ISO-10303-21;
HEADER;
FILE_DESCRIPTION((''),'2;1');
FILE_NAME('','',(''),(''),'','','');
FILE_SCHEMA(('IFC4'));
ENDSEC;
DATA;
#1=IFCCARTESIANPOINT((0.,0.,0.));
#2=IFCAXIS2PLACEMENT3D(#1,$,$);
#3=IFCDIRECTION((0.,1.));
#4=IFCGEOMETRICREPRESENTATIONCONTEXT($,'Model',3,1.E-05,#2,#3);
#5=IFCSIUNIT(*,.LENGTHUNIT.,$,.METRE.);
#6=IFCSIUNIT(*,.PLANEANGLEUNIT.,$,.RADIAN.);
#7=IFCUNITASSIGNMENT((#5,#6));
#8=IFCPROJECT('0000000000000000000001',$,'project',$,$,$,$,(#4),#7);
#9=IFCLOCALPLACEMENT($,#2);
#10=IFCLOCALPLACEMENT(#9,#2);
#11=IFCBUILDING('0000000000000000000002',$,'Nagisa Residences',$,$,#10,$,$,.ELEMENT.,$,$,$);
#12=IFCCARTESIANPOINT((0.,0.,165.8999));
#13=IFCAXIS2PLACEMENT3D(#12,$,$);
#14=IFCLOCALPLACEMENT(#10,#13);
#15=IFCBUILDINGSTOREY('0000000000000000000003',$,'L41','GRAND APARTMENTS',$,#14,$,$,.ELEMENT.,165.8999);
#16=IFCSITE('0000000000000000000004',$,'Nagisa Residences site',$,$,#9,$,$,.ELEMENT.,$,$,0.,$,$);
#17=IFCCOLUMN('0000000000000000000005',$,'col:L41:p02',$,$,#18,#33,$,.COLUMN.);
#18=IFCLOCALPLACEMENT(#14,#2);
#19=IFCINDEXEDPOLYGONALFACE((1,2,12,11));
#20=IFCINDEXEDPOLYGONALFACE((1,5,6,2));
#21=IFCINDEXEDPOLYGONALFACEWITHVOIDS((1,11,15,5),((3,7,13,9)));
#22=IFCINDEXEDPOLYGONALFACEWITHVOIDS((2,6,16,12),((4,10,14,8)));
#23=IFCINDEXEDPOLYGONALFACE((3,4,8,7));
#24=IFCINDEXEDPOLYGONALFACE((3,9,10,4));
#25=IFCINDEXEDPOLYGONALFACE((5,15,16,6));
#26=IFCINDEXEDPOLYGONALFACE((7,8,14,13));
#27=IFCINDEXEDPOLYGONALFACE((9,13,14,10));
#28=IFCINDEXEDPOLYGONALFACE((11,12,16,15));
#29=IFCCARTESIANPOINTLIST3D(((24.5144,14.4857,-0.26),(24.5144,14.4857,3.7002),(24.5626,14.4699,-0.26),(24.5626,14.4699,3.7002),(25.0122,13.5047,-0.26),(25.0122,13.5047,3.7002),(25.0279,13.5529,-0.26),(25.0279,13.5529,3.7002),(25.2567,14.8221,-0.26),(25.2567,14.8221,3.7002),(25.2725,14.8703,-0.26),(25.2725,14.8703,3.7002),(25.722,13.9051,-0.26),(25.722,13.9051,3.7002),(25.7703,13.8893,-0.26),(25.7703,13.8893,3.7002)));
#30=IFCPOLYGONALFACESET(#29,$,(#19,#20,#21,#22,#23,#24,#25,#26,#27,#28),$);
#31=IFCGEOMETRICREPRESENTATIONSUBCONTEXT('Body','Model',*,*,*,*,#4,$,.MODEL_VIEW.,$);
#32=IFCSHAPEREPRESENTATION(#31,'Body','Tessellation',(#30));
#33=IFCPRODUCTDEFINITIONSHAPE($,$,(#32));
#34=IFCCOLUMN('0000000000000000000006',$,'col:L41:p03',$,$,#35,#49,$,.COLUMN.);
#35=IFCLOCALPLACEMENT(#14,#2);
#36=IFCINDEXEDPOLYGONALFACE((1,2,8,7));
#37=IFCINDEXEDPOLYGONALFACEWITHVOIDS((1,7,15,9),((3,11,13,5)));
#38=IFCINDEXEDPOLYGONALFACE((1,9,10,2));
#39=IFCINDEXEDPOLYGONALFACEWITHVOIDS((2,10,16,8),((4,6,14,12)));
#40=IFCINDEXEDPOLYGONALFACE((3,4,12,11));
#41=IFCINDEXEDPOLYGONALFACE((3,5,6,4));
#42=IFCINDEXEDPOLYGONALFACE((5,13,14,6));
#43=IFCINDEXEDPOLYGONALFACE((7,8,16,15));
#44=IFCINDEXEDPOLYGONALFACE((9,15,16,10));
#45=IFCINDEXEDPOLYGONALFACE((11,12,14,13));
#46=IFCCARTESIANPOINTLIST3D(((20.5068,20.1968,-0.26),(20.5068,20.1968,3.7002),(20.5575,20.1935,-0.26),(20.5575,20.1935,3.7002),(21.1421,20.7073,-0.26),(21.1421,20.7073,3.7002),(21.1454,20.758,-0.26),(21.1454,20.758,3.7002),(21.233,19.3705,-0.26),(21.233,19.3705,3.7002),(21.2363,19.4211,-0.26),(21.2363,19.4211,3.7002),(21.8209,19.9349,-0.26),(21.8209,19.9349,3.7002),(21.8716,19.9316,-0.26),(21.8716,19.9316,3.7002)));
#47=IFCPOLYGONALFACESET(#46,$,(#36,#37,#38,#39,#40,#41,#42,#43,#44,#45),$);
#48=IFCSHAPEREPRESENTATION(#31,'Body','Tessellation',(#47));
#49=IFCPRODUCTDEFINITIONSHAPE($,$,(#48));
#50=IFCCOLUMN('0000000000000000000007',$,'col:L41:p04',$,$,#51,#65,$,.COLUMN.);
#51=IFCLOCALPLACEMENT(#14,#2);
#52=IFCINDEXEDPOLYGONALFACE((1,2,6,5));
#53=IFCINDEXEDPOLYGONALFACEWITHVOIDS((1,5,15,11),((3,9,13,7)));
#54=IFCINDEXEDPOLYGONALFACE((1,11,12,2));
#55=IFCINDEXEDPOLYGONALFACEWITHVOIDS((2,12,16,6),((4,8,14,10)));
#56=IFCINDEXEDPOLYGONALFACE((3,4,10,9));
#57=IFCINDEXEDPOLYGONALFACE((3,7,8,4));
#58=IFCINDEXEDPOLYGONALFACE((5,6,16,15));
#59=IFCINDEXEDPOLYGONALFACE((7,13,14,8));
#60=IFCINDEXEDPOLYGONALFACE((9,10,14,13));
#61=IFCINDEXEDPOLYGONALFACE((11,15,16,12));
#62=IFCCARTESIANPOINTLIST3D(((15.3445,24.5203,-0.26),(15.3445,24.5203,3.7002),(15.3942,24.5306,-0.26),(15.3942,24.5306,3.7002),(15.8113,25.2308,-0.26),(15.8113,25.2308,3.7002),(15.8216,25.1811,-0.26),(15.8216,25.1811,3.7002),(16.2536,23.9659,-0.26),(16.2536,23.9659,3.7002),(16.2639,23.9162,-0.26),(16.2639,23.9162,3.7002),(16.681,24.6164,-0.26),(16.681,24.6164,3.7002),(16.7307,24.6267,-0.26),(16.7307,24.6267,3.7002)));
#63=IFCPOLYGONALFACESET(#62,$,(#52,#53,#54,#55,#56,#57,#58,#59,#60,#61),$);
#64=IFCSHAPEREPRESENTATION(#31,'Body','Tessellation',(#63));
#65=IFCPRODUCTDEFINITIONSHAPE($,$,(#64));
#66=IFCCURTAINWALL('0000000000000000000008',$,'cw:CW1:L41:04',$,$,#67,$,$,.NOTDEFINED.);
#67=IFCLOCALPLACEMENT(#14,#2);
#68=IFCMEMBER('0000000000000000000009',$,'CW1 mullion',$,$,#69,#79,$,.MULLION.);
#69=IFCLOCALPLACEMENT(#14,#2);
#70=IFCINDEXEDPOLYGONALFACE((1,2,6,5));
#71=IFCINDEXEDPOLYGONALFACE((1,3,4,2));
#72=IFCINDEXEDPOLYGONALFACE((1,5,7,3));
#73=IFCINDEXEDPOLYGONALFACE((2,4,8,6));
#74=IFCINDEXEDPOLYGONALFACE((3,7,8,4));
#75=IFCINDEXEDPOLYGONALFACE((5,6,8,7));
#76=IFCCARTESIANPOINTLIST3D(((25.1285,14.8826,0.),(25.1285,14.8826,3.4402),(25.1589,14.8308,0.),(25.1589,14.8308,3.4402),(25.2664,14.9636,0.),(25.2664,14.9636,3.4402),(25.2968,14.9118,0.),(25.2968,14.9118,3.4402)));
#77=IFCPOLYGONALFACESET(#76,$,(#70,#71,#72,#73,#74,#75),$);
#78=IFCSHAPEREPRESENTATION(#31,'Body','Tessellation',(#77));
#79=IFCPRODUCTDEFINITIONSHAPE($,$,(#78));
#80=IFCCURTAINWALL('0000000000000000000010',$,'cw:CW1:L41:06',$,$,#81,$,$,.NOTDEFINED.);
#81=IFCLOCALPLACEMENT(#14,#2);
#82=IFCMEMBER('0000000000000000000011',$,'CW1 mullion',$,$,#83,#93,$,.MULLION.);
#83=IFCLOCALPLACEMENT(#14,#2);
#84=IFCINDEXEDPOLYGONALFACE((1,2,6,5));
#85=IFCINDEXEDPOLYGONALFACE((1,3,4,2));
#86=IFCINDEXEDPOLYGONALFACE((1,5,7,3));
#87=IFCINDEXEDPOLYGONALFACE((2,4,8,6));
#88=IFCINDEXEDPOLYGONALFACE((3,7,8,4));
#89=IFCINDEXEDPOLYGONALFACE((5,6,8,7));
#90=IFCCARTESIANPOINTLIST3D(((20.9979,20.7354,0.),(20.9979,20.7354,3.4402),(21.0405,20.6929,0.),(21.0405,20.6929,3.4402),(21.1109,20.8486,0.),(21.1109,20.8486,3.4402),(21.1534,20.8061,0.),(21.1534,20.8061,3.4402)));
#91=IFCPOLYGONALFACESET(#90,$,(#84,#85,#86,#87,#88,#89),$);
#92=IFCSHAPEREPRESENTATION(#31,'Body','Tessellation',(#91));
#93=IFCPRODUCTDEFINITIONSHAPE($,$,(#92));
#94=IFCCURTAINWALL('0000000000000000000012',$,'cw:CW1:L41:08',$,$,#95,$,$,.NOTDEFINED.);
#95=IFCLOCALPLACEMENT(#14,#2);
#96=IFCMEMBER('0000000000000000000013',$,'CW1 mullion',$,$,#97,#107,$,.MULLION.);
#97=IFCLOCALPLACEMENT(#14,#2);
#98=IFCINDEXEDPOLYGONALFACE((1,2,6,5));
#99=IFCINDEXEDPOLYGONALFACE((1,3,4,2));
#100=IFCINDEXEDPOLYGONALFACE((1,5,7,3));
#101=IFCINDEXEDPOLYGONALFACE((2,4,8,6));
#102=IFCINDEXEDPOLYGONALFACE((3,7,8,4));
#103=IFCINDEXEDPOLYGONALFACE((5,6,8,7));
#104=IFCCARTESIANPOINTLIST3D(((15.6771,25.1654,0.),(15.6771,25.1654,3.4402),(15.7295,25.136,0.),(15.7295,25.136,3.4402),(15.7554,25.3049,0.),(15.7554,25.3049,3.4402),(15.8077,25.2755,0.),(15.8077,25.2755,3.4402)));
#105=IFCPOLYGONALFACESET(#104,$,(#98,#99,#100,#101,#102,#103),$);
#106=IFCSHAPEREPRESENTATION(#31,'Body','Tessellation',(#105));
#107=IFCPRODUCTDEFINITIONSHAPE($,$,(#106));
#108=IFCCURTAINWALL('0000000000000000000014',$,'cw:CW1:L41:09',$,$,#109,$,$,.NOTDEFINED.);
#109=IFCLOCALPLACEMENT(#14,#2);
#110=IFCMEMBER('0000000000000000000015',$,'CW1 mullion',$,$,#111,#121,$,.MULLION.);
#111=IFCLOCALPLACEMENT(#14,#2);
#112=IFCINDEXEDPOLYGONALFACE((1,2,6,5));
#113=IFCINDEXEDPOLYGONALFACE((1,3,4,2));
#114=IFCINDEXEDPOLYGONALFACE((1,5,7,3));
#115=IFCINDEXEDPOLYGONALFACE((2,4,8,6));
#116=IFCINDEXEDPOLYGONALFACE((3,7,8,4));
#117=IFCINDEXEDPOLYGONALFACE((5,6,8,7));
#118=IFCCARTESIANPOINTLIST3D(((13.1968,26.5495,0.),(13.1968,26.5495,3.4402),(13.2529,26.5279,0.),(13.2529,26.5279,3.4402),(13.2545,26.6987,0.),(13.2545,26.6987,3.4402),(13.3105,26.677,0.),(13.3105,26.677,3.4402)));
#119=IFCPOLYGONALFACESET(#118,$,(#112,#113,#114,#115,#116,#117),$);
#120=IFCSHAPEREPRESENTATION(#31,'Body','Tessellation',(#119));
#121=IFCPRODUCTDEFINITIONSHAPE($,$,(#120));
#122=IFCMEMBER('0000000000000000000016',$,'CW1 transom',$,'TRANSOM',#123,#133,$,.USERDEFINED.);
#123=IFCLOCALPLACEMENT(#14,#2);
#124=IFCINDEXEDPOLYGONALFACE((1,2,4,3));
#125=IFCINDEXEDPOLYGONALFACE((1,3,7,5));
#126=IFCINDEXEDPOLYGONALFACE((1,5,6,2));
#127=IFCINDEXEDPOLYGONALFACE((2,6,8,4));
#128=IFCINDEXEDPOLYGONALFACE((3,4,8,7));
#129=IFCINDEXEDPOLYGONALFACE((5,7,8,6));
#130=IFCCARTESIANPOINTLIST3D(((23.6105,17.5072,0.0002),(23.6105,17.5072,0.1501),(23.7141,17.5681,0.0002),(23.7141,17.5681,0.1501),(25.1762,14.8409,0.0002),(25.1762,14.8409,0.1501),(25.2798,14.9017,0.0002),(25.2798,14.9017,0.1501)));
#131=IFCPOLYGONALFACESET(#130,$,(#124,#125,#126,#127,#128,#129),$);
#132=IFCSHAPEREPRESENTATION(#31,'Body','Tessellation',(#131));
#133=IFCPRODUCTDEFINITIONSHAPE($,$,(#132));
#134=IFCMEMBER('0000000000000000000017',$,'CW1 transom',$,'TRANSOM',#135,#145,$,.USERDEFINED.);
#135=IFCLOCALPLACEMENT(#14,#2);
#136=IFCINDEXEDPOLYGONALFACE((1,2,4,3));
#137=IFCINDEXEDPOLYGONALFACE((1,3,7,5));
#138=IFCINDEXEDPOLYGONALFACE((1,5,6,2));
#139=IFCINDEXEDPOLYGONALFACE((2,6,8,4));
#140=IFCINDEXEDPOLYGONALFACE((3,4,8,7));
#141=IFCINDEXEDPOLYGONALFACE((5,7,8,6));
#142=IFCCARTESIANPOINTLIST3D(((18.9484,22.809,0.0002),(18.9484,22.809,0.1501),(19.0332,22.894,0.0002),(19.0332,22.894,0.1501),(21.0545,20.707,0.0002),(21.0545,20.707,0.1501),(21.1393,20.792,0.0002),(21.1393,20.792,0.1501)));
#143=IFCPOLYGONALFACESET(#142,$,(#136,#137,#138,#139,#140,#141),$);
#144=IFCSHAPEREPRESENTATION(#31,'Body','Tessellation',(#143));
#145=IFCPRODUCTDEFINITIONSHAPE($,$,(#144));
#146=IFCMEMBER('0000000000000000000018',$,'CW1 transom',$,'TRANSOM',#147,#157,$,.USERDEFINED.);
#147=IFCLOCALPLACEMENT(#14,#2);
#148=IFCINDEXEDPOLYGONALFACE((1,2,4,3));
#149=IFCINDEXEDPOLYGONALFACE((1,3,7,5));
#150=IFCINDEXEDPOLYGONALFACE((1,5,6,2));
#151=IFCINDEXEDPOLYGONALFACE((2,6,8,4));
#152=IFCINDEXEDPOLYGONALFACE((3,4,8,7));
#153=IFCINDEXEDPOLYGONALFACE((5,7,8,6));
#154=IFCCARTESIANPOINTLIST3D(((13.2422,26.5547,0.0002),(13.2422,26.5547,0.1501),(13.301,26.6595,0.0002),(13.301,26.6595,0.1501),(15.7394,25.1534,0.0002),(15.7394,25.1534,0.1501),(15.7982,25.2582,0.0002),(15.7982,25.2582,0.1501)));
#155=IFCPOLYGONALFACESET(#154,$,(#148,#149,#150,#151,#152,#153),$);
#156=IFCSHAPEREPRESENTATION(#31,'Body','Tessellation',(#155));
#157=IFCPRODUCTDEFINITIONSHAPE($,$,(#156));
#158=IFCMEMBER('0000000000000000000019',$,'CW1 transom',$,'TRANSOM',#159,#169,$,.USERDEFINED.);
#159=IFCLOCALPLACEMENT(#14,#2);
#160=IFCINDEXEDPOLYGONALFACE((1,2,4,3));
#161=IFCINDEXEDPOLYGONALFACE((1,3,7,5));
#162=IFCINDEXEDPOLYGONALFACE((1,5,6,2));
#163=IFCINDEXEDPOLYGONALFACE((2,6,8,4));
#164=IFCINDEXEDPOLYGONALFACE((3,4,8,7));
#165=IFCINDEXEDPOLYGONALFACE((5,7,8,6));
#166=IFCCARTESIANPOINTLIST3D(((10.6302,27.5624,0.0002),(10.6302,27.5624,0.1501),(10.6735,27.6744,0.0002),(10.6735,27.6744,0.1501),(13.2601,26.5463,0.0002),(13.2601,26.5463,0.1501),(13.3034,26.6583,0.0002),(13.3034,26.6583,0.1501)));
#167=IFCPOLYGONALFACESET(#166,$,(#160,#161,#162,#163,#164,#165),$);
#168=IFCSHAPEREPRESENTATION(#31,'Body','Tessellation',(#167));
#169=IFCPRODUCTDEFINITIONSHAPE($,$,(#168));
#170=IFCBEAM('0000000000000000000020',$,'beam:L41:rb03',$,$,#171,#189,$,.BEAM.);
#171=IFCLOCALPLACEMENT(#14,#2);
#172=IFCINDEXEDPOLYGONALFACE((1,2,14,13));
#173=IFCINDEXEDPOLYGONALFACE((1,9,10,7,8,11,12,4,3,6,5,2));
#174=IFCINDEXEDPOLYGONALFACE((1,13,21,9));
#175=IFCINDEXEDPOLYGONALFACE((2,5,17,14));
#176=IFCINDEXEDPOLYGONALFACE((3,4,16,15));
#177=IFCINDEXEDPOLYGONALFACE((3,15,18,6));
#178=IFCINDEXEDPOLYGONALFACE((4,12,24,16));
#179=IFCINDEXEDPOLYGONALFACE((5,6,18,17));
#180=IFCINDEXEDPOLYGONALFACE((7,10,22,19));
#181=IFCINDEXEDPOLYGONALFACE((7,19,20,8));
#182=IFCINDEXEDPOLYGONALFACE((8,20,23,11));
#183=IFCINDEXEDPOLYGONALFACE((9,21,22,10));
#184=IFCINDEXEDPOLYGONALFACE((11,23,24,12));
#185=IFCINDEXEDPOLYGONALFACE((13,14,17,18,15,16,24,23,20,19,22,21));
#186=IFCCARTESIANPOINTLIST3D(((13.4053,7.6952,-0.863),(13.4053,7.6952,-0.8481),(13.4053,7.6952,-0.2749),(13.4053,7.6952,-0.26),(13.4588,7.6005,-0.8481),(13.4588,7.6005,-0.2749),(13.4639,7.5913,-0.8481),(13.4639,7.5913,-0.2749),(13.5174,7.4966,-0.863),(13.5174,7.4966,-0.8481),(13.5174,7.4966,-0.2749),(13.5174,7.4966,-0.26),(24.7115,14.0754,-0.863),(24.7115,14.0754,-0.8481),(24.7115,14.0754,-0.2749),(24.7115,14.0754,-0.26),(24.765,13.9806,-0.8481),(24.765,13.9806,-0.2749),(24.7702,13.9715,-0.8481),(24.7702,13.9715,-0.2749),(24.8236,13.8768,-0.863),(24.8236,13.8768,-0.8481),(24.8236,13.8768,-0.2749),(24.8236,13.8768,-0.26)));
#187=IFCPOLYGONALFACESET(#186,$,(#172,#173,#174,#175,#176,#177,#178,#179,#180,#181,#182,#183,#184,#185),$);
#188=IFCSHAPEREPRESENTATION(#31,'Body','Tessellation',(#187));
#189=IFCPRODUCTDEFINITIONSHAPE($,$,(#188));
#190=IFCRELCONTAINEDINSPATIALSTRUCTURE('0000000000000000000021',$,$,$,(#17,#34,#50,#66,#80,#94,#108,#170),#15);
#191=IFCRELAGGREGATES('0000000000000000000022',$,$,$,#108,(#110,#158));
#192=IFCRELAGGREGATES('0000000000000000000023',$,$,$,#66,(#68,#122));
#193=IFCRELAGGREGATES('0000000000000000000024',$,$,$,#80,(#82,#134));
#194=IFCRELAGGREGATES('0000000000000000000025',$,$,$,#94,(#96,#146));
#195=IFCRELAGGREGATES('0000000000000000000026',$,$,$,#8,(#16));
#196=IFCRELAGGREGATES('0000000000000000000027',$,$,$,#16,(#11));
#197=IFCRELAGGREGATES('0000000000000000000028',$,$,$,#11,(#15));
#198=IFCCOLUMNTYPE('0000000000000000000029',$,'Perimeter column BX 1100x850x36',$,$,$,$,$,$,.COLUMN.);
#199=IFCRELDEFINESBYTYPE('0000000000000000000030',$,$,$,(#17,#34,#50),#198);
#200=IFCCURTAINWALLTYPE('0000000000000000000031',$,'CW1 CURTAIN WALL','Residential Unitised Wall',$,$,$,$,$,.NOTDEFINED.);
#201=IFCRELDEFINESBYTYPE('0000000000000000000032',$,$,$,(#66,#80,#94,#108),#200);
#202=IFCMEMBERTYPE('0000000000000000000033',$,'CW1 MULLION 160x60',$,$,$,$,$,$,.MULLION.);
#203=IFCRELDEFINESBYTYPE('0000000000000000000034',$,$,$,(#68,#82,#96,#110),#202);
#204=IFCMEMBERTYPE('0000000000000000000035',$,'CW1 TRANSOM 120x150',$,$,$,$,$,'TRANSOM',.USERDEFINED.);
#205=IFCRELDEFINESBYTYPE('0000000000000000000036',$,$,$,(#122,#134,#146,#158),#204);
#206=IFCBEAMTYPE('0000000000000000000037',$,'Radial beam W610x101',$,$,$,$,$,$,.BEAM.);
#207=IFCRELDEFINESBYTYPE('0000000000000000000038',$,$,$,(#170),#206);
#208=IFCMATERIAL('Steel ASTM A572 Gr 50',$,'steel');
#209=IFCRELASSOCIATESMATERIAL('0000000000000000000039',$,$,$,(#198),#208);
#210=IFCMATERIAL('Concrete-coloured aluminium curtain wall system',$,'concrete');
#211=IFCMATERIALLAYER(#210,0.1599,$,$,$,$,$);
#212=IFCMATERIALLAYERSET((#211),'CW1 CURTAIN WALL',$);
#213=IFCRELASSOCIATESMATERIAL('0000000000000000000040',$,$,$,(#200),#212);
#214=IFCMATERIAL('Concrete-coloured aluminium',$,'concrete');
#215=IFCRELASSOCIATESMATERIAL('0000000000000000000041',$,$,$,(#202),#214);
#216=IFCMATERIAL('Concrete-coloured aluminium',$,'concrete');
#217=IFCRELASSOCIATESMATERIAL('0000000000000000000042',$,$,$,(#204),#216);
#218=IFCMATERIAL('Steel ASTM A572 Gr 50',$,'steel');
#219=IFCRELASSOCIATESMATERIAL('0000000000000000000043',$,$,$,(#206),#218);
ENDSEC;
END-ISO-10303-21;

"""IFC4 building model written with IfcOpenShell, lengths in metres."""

from ifc_helpers import new_model, si_unit, direction, frame, origin, origin_2d, place, context, subcontext, project, spatial, rectangle, hollow_rectangle, i_section, extrude, material, layer, layer_set, material_profile, profile_set, type_object, element, aggregate, save


model = new_model("IFC4")

# Units and contexts
model_context = context("Model", 3, precision=1e-05, world=origin(), true_north=direction((0.0, 1.0)))
body_context = subcontext(model_context, "Body", "Model", "MODEL_VIEW")
ifc_project = project(units=[si_unit("LENGTHUNIT", "METRE"), si_unit("PLANEANGLEUNIT", "RADIAN")], contexts=[model_context])

# Site, building, storey
site_placement = place(None, origin())
site = spatial("IfcSite", under=ifc_project, at=site_placement, Name="Nagisa Residences site", CompositionType="ELEMENT", RefElevation=0.0)
building_placement = place(site_placement, origin())
building = spatial("IfcBuilding", under=site, at=building_placement, Name="Nagisa Residences", CompositionType="ELEMENT")
storey_placement = place(building_placement, frame((0.0, 0.0, 165.8999)))
storey = spatial("IfcBuildingStorey", under=building, at=storey_placement, Name="L41", Description="GRAND APARTMENTS", CompositionType="ELEMENT", Elevation=165.8999)

# Columns
ifc_material_1 = material(Name="Steel ASTM A572 Gr 50", Category="steel")
ifc_material_profile_1 = material_profile(ifc_material_1, hollow_rectangle(XDim=1.1001, YDim=0.8501, WallThickness=0.0359, at=origin_2d()), Name="BX 1100x850x36")
ifc_profile_set_1 = profile_set([ifc_material_profile_1], Name="Steel ASTM A572 Gr 50")
column_type = type_object("IfcColumnType", Name="Perimeter column BX 1100x850x36", PredefinedType="COLUMN", material=ifc_profile_set_1)
for number, where, z_axis, x_axis, name in (
    (1, (25.1423, 14.1875, -0.26), (0.0, 0.0, 1.0), (-0.452463, 0.891783, 0.0), "col:L41:p02"),
    (2, (21.1892, 20.0642, -0.26), (0.0, 0.0, 1.0), (-0.660115, 0.751165, 0.0), "col:L41:p03"),
    (3, (16.0376, 24.5735, -0.26), (0.0, 0.0, 1.0), (-0.835766, 0.549086, 0.0), "col:L41:p04"),
):
    element("IfcColumn", number, at=place(storey_placement, frame(where, z_axis=z_axis, x_axis=x_axis)), inside=storey, type_object=column_type, Name=name, PredefinedType="COLUMN", context=body_context, shape_type="SweptSolid", body=[
        extrude(hollow_rectangle(XDim=1.1001, YDim=0.8501, WallThickness=0.0359, at=origin_2d()), origin(), (0.0, 0.0, 1.0), 3.9602),
    ])

# Curtain walls, members
ifc_material_2 = material(Name="Concrete-coloured aluminium curtain wall system", Category="concrete")
ifc_layer_1 = layer(ifc_material_2, 0.1599)
ifc_layer_set_1 = layer_set([ifc_layer_1], Name="CW1 CURTAIN WALL")
curtain_wall_type = type_object("IfcCurtainWallType", Name="CW1 CURTAIN WALL", Description="Residential Unitised Wall", PredefinedType="NOTDEFINED", material=ifc_layer_set_1)
curtain_wall_1_placement = place(storey_placement, origin())
curtain_wall_1 = element("IfcCurtainWall", 4, at=curtain_wall_1_placement, inside=storey, type_object=curtain_wall_type, Name="cw:CW1:L41:04", PredefinedType="NOTDEFINED")
ifc_material_3 = material(Name="Concrete-coloured aluminium", Category="concrete")
ifc_material_profile_2 = material_profile(ifc_material_3, rectangle(XDim=0.1599, YDim=0.0601, at=origin_2d()), Name="CW1 MULLION 160x60")
ifc_profile_set_2 = profile_set([ifc_material_profile_2], Name="Concrete-coloured aluminium")
member_type_1 = type_object("IfcMemberType", Name="CW1 MULLION 160x60", PredefinedType="MULLION", material=ifc_profile_set_2)
member_1_placement = place(storey_placement, frame((25.2126, 14.8972, 0.0), z_axis=(0.0, 0.0, 1.0), x_axis=(-0.862329, -0.506349, 0.0)))
member_1 = element("IfcMember", 5, at=member_1_placement, type_object=member_type_1, Name="CW1 mullion", PredefinedType="MULLION", context=body_context, shape_type="SweptSolid", body=[
    extrude(rectangle(XDim=0.1599, YDim=0.0601, at=origin_2d()), origin(), (0.0, 0.0, 1.0), 3.4402),
])
curtain_wall_2_placement = place(storey_placement, origin())
curtain_wall_2 = element("IfcCurtainWall", 6, at=curtain_wall_2_placement, inside=storey, type_object=curtain_wall_type, Name="cw:CW1:L41:06", PredefinedType="NOTDEFINED")
member_2_placement = place(storey_placement, frame((21.0757, 20.7708, 0.0), z_axis=(0.0, 0.0, 1.0), x_axis=(-0.706377, -0.707836, 0.0)))
member_2 = element("IfcMember", 7, at=member_2_placement, type_object=member_type_1, Name="CW1 mullion", PredefinedType="MULLION", context=body_context, shape_type="SweptSolid", body=[
    extrude(rectangle(XDim=0.1599, YDim=0.0601, at=origin_2d()), origin(), (0.0, 0.0, 1.0), 3.4402),
])
curtain_wall_3_placement = place(storey_placement, origin())
curtain_wall_3 = element("IfcCurtainWall", 8, at=curtain_wall_3_placement, inside=storey, type_object=curtain_wall_type, Name="cw:CW1:L41:08", PredefinedType="NOTDEFINED")
member_3_placement = place(storey_placement, frame((15.7424, 25.2205, 0.0), z_axis=(0.0, 0.0, 1.0), x_axis=(-0.489377, -0.872072, 0.0)))
member_3 = element("IfcMember", 9, at=member_3_placement, type_object=member_type_1, Name="CW1 mullion", PredefinedType="MULLION", context=body_context, shape_type="SweptSolid", body=[
    extrude(rectangle(XDim=0.1599, YDim=0.0601, at=origin_2d()), origin(), (0.0, 0.0, 1.0), 3.4402),
])
curtain_wall_4_placement = place(storey_placement, origin())
curtain_wall_4 = element("IfcCurtainWall", 10, at=curtain_wall_4_placement, inside=storey, type_object=curtain_wall_type, Name="cw:CW1:L41:09", PredefinedType="NOTDEFINED")
member_4_placement = place(storey_placement, frame((13.2537, 26.6133, 0.0), z_axis=(0.0, 0.0, 1.0), x_axis=(-0.360328, -0.932826, 0.0)))
member_4 = element("IfcMember", 11, at=member_4_placement, type_object=member_type_1, Name="CW1 mullion", PredefinedType="MULLION", context=body_context, shape_type="SweptSolid", body=[
    extrude(rectangle(XDim=0.1599, YDim=0.0601, at=origin_2d()), origin(), (0.0, 0.0, 1.0), 3.4402),
])

# Members
ifc_material_4 = material(Name="Concrete-coloured aluminium", Category="concrete")
ifc_material_profile_3 = material_profile(ifc_material_4, rectangle(XDim=0.1201, YDim=0.1499, at=origin_2d()), Name="CW1 TRANSOM 120x150")
ifc_profile_set_3 = profile_set([ifc_material_profile_3], Name="Concrete-coloured aluminium")
member_type_2 = type_object("IfcMemberType", Name="CW1 TRANSOM 120x150", ElementType="TRANSOM", PredefinedType="USERDEFINED", material=ifc_profile_set_3)
member_5_placement = place(storey_placement, frame((25.228, 14.8713, 0.0752), z_axis=(-0.506368, 0.862318, 0.0), x_axis=(-0.862318, -0.506368, 0.0)))
member_5 = element("IfcMember", 12, at=member_5_placement, type_object=member_type_2, Name="CW1 transom", ObjectType="TRANSOM", PredefinedType="USERDEFINED", context=body_context, shape_type="SweptSolid", body=[
    extrude(rectangle(XDim=0.1201, YDim=0.1499, at=origin_2d()), origin(), (0.0, 0.0, 1.0), 3.092),
])
member_6_placement = place(storey_placement, frame((21.0969, 20.7495, 0.0752), z_axis=(-0.707804, 0.706409, 0.0), x_axis=(-0.706409, -0.707804, 0.0)))
member_6 = element("IfcMember", 13, at=member_6_placement, type_object=member_type_2, Name="CW1 transom", ObjectType="TRANSOM", PredefinedType="USERDEFINED", context=body_context, shape_type="SweptSolid", body=[
    extrude(rectangle(XDim=0.1201, YDim=0.1499, at=origin_2d()), origin(), (0.0, 0.0, 1.0), 2.9756),
])
member_7_placement = place(storey_placement, frame((15.7688, 25.2058, 0.0752), z_axis=(-0.872078, 0.489366, 0.0), x_axis=(-0.489366, -0.872078, 0.0)))
member_7 = element("IfcMember", 14, at=member_7_placement, type_object=member_type_2, Name="CW1 transom", ObjectType="TRANSOM", PredefinedType="USERDEFINED", context=body_context, shape_type="SweptSolid", body=[
    extrude(rectangle(XDim=0.1201, YDim=0.1499, at=origin_2d()), origin(), (0.0, 0.0, 1.0), 2.8635),
])
member_8_placement = place(storey_placement, frame((13.2817, 26.6023, 0.0752), z_axis=(-0.932795, 0.360406, 0.0), x_axis=(-0.360406, -0.932795, 0.0)))
member_8 = element("IfcMember", 15, at=member_8_placement, type_object=member_type_2, Name="CW1 transom", ObjectType="TRANSOM", PredefinedType="USERDEFINED", context=body_context, shape_type="SweptSolid", body=[
    extrude(rectangle(XDim=0.1201, YDim=0.1499, at=origin_2d()), origin(), (0.0, 0.0, 1.0), 2.8193),
])
aggregate(curtain_wall_4, [member_4, member_8])

# Beam
ifc_material_5 = material(Name="Steel ASTM A572 Gr 50", Category="steel")
ifc_material_profile_4 = material_profile(ifc_material_5, i_section(OverallWidth=0.228, OverallDepth=0.603, WebThickness=0.0105, FlangeThickness=0.0149, at=origin_2d()), Name="W610x101")
ifc_profile_set_4 = profile_set([ifc_material_profile_4], Name="Steel ASTM A572 Gr 50")
beam_type = type_object("IfcBeamType", Name="Radial beam W610x101", PredefinedType="BEAM", material=ifc_profile_set_4)
beam_1_placement = place(storey_placement, frame((24.7676, 13.9761, -0.5615), z_axis=(-0.870903, -0.491455, 0.0), x_axis=(0.491455, -0.870903, 0.0)))
element("IfcBeam", 16, at=beam_1_placement, inside=storey, type_object=beam_type, Name="beam:L41:rb03", PredefinedType="BEAM", context=body_context, shape_type="SweptSolid", body=[
    extrude(i_section(OverallWidth=0.228, OverallDepth=0.603, WebThickness=0.0105, FlangeThickness=0.0149, at=origin_2d()), origin(), (0.0, 0.0, 1.0), 12.9822),
])

aggregate(curtain_wall_1, [member_1, member_5])
aggregate(curtain_wall_2, [member_2, member_6])
aggregate(curtain_wall_3, [member_3, member_7])

save(model, "model.ifc")
